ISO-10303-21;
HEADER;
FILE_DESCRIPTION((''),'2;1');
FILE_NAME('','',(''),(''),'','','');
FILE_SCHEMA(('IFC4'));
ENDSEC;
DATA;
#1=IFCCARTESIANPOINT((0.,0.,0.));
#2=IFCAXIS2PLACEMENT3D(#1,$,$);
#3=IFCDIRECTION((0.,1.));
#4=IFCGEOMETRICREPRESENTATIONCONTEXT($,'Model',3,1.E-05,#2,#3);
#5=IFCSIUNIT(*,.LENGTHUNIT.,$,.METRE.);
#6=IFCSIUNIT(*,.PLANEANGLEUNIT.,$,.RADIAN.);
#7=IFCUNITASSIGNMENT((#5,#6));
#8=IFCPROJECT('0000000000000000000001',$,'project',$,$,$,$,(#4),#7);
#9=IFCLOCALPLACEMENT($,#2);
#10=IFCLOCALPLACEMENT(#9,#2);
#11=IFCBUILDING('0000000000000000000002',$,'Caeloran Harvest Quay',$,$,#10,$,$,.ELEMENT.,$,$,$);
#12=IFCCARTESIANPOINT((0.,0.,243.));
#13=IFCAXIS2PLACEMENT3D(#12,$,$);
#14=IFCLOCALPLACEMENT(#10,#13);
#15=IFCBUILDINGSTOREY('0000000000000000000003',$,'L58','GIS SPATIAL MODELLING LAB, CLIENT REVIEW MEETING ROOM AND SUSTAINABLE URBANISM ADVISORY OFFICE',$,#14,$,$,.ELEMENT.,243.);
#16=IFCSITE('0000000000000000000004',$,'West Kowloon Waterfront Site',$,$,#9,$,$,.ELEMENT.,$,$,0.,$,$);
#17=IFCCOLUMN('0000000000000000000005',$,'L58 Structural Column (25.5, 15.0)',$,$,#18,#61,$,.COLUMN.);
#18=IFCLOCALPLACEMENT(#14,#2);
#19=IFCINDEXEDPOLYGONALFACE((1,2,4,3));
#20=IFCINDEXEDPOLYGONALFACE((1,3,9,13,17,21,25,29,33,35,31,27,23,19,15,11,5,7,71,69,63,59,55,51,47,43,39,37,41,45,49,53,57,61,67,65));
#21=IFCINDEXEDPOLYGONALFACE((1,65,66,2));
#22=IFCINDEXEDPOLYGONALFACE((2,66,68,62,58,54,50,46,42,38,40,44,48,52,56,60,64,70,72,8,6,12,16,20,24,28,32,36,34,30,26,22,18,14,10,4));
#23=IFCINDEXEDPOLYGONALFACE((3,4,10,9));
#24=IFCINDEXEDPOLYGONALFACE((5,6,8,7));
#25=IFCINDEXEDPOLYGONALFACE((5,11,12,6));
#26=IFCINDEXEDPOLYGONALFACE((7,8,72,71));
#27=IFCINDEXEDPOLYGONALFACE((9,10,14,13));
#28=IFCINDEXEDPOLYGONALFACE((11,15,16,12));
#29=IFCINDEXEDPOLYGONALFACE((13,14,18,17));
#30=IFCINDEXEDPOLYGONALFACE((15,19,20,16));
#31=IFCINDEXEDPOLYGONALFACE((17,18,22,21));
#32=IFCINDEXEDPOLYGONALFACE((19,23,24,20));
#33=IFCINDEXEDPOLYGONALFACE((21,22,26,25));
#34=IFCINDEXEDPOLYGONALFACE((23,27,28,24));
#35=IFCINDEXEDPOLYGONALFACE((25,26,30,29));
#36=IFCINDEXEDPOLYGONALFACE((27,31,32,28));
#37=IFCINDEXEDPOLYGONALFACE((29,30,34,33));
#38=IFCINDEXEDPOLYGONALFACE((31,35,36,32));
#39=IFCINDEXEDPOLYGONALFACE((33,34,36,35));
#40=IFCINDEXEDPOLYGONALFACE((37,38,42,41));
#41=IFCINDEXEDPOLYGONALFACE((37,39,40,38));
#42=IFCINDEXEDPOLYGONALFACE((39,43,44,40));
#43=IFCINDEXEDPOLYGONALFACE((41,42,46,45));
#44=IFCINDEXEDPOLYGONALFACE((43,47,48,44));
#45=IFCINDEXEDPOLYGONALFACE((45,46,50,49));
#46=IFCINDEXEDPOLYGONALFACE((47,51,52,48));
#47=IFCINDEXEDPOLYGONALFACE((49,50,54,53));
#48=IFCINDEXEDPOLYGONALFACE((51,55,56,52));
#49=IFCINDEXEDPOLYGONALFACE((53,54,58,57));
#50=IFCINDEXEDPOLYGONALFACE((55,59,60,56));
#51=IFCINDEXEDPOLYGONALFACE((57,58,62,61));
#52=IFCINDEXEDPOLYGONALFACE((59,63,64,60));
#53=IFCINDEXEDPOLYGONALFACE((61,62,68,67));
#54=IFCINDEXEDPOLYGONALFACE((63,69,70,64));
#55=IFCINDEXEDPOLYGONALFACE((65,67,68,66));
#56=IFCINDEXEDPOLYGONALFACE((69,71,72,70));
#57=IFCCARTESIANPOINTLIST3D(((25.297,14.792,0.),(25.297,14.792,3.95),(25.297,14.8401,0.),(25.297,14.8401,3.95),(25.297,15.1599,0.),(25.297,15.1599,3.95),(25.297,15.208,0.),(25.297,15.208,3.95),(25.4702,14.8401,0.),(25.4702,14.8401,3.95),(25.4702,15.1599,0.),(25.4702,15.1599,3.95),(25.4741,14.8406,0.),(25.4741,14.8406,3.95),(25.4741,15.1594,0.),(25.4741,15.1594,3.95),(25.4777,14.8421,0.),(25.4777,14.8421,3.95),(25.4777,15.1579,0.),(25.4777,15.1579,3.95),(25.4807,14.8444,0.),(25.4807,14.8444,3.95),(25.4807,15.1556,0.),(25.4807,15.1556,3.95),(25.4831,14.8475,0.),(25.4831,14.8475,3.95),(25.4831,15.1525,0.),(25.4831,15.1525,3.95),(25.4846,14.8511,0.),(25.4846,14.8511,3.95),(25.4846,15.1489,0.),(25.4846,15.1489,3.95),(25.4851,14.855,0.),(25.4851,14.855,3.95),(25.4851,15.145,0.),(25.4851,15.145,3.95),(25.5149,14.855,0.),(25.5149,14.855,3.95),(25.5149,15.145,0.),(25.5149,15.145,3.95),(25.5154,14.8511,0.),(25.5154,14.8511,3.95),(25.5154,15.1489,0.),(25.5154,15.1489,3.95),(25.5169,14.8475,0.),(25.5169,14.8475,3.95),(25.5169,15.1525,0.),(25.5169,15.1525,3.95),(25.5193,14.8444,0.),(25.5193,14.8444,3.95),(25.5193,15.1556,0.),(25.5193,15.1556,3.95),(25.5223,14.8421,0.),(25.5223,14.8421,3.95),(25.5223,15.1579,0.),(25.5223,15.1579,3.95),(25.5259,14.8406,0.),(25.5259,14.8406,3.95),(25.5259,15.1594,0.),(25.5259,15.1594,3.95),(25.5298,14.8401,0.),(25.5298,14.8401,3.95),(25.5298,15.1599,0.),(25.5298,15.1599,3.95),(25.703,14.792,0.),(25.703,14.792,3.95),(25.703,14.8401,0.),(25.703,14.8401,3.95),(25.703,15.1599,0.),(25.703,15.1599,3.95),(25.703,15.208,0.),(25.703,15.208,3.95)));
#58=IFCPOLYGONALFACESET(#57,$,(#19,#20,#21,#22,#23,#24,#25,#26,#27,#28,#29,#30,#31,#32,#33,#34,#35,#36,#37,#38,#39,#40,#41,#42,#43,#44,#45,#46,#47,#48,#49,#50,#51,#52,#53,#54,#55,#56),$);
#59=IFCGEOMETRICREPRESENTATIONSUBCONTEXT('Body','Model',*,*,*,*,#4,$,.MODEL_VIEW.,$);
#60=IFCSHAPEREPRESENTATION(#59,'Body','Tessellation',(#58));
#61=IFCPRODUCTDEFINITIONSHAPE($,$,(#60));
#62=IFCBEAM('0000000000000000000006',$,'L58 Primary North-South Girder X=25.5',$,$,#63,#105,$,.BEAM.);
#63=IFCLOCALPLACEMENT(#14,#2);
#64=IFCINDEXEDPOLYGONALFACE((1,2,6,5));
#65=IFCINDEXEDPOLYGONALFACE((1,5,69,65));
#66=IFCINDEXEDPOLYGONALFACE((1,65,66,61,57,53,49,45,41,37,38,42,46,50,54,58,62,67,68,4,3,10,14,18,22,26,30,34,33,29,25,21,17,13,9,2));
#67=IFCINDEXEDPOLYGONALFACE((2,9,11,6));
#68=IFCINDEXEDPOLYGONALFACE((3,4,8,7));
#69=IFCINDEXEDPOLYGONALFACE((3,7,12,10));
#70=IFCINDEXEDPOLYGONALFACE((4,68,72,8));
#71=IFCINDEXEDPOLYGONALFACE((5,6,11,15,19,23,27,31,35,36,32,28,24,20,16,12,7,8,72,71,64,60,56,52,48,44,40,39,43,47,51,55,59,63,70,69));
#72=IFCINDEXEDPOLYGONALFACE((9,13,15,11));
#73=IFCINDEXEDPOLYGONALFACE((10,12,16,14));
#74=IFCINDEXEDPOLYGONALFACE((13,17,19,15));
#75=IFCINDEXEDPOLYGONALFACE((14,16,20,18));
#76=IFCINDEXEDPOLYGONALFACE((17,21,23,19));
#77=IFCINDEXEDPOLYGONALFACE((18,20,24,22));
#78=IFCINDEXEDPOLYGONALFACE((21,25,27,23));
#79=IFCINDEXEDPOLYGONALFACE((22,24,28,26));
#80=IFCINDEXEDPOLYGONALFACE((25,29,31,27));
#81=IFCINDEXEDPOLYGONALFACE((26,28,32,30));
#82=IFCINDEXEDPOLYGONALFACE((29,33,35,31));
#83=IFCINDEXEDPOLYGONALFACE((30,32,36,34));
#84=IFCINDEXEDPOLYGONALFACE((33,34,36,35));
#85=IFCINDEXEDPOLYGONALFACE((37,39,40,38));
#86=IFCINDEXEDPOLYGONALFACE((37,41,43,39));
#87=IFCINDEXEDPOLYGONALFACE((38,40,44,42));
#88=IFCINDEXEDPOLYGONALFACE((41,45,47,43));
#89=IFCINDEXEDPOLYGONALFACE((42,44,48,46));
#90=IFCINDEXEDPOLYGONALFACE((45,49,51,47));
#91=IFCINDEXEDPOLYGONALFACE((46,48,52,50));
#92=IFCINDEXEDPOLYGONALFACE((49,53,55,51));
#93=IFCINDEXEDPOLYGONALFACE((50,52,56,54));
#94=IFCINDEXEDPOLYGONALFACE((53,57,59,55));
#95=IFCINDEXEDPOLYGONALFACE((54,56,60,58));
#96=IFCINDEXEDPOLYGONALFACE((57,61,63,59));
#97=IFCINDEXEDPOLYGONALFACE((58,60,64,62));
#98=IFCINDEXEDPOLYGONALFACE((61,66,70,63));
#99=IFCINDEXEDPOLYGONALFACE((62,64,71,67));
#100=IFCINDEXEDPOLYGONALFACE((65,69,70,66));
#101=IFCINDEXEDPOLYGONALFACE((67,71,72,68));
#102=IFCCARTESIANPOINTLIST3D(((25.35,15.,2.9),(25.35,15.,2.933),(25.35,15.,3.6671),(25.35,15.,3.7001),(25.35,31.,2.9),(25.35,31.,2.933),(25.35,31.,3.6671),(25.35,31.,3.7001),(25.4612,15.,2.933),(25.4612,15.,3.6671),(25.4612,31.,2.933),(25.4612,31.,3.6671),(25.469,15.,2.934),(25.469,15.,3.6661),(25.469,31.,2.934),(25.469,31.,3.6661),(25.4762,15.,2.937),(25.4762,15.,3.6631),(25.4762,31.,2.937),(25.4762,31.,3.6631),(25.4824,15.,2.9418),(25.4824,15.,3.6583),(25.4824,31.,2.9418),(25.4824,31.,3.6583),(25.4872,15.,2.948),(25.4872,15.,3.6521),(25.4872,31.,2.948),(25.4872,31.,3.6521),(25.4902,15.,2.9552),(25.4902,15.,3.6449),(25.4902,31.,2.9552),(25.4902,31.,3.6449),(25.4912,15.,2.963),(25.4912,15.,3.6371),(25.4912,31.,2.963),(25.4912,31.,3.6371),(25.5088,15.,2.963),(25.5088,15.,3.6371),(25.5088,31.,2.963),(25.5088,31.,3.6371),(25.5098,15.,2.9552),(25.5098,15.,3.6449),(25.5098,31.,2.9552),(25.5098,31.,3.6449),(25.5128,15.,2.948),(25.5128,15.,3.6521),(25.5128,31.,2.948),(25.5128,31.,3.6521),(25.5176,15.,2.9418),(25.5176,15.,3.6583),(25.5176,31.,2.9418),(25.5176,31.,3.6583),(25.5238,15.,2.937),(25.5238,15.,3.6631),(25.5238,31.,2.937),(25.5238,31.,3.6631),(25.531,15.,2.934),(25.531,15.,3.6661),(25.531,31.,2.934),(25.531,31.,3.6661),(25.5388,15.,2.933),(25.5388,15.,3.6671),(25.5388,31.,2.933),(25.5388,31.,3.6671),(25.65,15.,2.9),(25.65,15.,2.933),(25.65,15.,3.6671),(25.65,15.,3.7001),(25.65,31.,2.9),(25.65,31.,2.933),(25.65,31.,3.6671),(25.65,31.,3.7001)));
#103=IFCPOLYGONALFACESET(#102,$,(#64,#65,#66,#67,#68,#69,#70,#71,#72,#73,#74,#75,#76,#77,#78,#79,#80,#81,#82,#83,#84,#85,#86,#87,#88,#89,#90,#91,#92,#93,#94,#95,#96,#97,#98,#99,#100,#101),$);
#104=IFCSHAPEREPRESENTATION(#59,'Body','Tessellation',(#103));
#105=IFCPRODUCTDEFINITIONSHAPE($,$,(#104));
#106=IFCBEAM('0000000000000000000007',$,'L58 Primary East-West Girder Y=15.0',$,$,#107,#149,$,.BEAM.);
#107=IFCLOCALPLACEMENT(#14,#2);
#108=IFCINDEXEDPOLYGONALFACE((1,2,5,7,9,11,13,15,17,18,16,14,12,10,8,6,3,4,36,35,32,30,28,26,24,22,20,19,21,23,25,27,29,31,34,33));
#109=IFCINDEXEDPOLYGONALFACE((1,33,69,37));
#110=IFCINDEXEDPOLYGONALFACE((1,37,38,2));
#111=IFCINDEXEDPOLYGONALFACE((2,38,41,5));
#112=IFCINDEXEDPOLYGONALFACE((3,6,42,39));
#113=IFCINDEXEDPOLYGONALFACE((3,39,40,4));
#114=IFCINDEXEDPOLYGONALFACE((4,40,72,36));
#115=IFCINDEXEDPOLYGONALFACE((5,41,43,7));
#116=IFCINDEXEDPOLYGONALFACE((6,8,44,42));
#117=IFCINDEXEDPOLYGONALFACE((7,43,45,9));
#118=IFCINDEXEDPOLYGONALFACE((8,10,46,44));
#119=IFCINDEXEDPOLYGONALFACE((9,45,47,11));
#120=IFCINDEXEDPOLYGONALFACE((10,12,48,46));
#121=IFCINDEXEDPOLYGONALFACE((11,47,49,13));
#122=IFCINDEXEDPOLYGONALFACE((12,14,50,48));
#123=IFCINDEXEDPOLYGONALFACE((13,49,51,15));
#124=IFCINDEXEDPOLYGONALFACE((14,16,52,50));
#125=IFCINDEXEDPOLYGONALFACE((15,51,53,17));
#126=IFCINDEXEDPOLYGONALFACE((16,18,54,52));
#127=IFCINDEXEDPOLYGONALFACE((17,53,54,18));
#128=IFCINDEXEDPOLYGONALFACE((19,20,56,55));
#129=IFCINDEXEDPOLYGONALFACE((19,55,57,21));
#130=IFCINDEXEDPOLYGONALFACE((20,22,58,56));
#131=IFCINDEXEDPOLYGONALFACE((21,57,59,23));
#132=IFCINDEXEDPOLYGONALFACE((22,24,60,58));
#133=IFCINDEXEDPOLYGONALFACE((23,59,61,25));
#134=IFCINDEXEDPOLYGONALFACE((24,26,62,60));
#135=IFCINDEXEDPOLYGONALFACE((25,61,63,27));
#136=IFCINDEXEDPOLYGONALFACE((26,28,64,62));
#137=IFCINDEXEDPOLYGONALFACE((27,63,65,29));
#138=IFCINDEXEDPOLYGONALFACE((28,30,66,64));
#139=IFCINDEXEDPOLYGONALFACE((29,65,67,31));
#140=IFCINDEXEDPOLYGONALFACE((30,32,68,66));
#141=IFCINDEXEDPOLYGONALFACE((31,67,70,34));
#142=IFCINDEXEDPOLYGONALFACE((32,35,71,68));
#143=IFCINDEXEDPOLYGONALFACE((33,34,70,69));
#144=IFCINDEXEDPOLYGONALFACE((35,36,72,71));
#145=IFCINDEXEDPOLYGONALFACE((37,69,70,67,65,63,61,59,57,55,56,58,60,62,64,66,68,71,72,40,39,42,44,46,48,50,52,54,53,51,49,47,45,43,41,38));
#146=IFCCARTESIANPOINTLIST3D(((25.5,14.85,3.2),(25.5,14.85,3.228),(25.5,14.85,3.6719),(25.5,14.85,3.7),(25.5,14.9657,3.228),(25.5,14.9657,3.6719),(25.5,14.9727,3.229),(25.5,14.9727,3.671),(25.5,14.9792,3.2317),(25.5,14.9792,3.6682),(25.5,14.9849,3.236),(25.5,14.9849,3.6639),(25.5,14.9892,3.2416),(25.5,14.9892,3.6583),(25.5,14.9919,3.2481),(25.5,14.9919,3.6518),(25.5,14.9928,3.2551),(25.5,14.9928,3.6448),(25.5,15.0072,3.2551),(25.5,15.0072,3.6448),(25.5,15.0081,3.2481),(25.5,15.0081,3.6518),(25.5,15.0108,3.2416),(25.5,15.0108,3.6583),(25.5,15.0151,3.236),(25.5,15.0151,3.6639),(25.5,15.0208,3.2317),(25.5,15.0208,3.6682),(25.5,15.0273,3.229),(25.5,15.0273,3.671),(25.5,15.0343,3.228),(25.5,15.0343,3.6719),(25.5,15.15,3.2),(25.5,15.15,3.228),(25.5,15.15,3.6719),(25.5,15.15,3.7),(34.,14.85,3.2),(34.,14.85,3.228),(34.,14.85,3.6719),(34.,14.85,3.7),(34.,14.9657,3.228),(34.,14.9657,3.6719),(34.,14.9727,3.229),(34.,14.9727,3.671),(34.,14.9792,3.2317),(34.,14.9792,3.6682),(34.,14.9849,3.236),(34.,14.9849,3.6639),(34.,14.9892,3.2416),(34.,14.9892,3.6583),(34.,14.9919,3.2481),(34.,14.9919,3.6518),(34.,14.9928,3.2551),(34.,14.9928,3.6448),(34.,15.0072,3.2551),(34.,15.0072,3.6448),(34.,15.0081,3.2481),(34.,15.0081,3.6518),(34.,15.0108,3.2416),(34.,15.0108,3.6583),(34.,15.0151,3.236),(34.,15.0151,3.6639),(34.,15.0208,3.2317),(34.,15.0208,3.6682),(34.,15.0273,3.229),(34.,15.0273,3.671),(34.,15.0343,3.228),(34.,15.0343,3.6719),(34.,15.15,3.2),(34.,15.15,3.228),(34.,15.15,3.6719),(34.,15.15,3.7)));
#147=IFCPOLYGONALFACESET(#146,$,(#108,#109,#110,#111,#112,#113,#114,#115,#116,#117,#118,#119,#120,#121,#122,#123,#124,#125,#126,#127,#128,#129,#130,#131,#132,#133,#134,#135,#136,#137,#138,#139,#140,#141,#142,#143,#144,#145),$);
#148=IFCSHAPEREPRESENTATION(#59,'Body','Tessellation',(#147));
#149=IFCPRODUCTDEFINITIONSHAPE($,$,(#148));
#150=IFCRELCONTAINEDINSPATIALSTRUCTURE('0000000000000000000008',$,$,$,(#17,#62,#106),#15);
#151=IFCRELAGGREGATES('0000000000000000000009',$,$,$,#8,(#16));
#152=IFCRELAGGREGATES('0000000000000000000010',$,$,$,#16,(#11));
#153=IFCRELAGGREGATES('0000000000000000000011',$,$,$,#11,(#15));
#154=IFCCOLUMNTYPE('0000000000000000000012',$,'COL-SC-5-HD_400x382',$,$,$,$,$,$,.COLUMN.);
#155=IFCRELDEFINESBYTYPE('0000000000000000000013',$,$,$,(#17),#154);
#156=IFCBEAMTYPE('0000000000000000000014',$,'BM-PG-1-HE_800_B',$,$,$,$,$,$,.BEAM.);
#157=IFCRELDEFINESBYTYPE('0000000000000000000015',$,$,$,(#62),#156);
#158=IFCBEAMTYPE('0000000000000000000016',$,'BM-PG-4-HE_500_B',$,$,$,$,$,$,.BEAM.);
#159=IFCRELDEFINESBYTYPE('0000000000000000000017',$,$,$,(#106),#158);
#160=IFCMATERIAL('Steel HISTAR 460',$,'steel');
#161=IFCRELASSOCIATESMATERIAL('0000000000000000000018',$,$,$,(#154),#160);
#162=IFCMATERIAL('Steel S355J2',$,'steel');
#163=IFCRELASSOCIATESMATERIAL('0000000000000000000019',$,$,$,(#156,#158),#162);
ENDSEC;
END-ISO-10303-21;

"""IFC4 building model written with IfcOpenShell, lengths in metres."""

from ifc_helpers import new_model, si_unit, direction, frame, origin, origin_2d, place, context, subcontext, project, spatial, i_section, extrude, material, material_profile, profile_set, type_object, element, save


model = new_model("IFC4")

# Units and contexts
model_context = context("Model", 3, precision=1e-05, world=origin(), true_north=direction((0.0, 1.0)))
body_context = subcontext(model_context, "Body", "Model", "MODEL_VIEW")
ifc_project = project(units=[si_unit("LENGTHUNIT", "METRE"), si_unit("PLANEANGLEUNIT", "RADIAN")], contexts=[model_context])

# Site, building, storey
site_placement = place(None, origin())
site = spatial("IfcSite", under=ifc_project, at=site_placement, Name="West Kowloon Waterfront Site", CompositionType="ELEMENT", RefElevation=0.0)
building_placement = place(site_placement, origin())
building = spatial("IfcBuilding", under=site, at=building_placement, Name="Caeloran Harvest Quay", CompositionType="ELEMENT")
storey_placement = place(building_placement, frame((0.0, 0.0, 243.0)))
storey = spatial("IfcBuildingStorey", under=building, at=storey_placement, Name="L58", Description="GIS SPATIAL MODELLING LAB, CLIENT REVIEW MEETING ROOM AND SUSTAINABLE URBANISM ADVISORY OFFICE", CompositionType="ELEMENT", Elevation=243.0)

# Column
ifc_material_1 = material(Name="Steel HISTAR 460", Category="steel")
ifc_material_profile_1 = material_profile(ifc_material_1, i_section(OverallWidth=0.406, OverallDepth=0.416, WebThickness=0.0298, FlangeThickness=0.0481, FilletRadius=0.0149, at=origin_2d()), Name="HD 400x382")
ifc_profile_set_1 = profile_set([ifc_material_profile_1], Name="Steel HISTAR 460")
column_type = type_object("IfcColumnType", Name="COL-SC-5-HD_400x382", PredefinedType="COLUMN", material=ifc_profile_set_1)
column_placement = place(storey_placement, frame((25.5, 15.0, 0.0), z_axis=(0.0, 0.0, 1.0), x_axis=(1.0, 0.0, 0.0)))
element("IfcColumn", 1, at=column_placement, inside=storey, type_object=column_type, Name="L58 Structural Column (25.5, 15.0)", PredefinedType="COLUMN", context=body_context, shape_type="SweptSolid", body=[
    extrude(i_section(OverallWidth=0.406, OverallDepth=0.416, WebThickness=0.0298, FlangeThickness=0.0481, FilletRadius=0.0149, at=origin_2d()), origin(), (0.0, 0.0, 1.0), 3.95),
])

# Beams
ifc_material_2 = material(Name="Steel S355J2", Category="steel")
ifc_material_profile_2 = material_profile(ifc_material_2, i_section(OverallWidth=0.3, OverallDepth=0.8, WebThickness=0.0176, FlangeThickness=0.033, FilletRadius=0.03, at=origin_2d()), Name="HE 800 B")
ifc_profile_set_2 = profile_set([ifc_material_profile_2], Name="Steel S355J2")
beam_type_1 = type_object("IfcBeamType", Name="BM-PG-1-HE_800_B", PredefinedType="BEAM", material=ifc_profile_set_2)
beam_1_placement = place(storey_placement, frame((25.5, 15.0, 3.3), z_axis=(0.0, 1.0, 0.0), x_axis=(-1.0, 0.0, 0.0)))
element("IfcBeam", 2, at=beam_1_placement, inside=storey, type_object=beam_type_1, Name="L58 Primary North-South Girder X=25.5", PredefinedType="BEAM", context=body_context, shape_type="SweptSolid", body=[
    extrude(i_section(OverallWidth=0.3, OverallDepth=0.8, WebThickness=0.0176, FlangeThickness=0.033, FilletRadius=0.03, at=origin_2d()), origin(), (0.0, 0.0, 1.0), 16.0),
])
ifc_material_profile_3 = material_profile(ifc_material_2, i_section(OverallWidth=0.3, OverallDepth=0.5, WebThickness=0.0144, FlangeThickness=0.0281, FilletRadius=0.0271, at=origin_2d()), Name="HE 500 B")
ifc_profile_set_3 = profile_set([ifc_material_profile_3], Name="Steel S355J2")
beam_type_2 = type_object("IfcBeamType", Name="BM-PG-4-HE_500_B", PredefinedType="BEAM", material=ifc_profile_set_3)
beam_2_placement = place(storey_placement, frame((25.5, 15.0, 3.45), z_axis=(1.0, 0.0, 0.0), x_axis=(0.0, 1.0, 0.0)))
element("IfcBeam", 3, at=beam_2_placement, inside=storey, type_object=beam_type_2, Name="L58 Primary East-West Girder Y=15.0", PredefinedType="BEAM", context=body_context, shape_type="SweptSolid", body=[
    extrude(i_section(OverallWidth=0.3, OverallDepth=0.5, WebThickness=0.0144, FlangeThickness=0.0281, FilletRadius=0.0271, at=origin_2d()), origin(), (0.0, 0.0, 1.0), 8.5),
])

save(model, "model.ifc")
